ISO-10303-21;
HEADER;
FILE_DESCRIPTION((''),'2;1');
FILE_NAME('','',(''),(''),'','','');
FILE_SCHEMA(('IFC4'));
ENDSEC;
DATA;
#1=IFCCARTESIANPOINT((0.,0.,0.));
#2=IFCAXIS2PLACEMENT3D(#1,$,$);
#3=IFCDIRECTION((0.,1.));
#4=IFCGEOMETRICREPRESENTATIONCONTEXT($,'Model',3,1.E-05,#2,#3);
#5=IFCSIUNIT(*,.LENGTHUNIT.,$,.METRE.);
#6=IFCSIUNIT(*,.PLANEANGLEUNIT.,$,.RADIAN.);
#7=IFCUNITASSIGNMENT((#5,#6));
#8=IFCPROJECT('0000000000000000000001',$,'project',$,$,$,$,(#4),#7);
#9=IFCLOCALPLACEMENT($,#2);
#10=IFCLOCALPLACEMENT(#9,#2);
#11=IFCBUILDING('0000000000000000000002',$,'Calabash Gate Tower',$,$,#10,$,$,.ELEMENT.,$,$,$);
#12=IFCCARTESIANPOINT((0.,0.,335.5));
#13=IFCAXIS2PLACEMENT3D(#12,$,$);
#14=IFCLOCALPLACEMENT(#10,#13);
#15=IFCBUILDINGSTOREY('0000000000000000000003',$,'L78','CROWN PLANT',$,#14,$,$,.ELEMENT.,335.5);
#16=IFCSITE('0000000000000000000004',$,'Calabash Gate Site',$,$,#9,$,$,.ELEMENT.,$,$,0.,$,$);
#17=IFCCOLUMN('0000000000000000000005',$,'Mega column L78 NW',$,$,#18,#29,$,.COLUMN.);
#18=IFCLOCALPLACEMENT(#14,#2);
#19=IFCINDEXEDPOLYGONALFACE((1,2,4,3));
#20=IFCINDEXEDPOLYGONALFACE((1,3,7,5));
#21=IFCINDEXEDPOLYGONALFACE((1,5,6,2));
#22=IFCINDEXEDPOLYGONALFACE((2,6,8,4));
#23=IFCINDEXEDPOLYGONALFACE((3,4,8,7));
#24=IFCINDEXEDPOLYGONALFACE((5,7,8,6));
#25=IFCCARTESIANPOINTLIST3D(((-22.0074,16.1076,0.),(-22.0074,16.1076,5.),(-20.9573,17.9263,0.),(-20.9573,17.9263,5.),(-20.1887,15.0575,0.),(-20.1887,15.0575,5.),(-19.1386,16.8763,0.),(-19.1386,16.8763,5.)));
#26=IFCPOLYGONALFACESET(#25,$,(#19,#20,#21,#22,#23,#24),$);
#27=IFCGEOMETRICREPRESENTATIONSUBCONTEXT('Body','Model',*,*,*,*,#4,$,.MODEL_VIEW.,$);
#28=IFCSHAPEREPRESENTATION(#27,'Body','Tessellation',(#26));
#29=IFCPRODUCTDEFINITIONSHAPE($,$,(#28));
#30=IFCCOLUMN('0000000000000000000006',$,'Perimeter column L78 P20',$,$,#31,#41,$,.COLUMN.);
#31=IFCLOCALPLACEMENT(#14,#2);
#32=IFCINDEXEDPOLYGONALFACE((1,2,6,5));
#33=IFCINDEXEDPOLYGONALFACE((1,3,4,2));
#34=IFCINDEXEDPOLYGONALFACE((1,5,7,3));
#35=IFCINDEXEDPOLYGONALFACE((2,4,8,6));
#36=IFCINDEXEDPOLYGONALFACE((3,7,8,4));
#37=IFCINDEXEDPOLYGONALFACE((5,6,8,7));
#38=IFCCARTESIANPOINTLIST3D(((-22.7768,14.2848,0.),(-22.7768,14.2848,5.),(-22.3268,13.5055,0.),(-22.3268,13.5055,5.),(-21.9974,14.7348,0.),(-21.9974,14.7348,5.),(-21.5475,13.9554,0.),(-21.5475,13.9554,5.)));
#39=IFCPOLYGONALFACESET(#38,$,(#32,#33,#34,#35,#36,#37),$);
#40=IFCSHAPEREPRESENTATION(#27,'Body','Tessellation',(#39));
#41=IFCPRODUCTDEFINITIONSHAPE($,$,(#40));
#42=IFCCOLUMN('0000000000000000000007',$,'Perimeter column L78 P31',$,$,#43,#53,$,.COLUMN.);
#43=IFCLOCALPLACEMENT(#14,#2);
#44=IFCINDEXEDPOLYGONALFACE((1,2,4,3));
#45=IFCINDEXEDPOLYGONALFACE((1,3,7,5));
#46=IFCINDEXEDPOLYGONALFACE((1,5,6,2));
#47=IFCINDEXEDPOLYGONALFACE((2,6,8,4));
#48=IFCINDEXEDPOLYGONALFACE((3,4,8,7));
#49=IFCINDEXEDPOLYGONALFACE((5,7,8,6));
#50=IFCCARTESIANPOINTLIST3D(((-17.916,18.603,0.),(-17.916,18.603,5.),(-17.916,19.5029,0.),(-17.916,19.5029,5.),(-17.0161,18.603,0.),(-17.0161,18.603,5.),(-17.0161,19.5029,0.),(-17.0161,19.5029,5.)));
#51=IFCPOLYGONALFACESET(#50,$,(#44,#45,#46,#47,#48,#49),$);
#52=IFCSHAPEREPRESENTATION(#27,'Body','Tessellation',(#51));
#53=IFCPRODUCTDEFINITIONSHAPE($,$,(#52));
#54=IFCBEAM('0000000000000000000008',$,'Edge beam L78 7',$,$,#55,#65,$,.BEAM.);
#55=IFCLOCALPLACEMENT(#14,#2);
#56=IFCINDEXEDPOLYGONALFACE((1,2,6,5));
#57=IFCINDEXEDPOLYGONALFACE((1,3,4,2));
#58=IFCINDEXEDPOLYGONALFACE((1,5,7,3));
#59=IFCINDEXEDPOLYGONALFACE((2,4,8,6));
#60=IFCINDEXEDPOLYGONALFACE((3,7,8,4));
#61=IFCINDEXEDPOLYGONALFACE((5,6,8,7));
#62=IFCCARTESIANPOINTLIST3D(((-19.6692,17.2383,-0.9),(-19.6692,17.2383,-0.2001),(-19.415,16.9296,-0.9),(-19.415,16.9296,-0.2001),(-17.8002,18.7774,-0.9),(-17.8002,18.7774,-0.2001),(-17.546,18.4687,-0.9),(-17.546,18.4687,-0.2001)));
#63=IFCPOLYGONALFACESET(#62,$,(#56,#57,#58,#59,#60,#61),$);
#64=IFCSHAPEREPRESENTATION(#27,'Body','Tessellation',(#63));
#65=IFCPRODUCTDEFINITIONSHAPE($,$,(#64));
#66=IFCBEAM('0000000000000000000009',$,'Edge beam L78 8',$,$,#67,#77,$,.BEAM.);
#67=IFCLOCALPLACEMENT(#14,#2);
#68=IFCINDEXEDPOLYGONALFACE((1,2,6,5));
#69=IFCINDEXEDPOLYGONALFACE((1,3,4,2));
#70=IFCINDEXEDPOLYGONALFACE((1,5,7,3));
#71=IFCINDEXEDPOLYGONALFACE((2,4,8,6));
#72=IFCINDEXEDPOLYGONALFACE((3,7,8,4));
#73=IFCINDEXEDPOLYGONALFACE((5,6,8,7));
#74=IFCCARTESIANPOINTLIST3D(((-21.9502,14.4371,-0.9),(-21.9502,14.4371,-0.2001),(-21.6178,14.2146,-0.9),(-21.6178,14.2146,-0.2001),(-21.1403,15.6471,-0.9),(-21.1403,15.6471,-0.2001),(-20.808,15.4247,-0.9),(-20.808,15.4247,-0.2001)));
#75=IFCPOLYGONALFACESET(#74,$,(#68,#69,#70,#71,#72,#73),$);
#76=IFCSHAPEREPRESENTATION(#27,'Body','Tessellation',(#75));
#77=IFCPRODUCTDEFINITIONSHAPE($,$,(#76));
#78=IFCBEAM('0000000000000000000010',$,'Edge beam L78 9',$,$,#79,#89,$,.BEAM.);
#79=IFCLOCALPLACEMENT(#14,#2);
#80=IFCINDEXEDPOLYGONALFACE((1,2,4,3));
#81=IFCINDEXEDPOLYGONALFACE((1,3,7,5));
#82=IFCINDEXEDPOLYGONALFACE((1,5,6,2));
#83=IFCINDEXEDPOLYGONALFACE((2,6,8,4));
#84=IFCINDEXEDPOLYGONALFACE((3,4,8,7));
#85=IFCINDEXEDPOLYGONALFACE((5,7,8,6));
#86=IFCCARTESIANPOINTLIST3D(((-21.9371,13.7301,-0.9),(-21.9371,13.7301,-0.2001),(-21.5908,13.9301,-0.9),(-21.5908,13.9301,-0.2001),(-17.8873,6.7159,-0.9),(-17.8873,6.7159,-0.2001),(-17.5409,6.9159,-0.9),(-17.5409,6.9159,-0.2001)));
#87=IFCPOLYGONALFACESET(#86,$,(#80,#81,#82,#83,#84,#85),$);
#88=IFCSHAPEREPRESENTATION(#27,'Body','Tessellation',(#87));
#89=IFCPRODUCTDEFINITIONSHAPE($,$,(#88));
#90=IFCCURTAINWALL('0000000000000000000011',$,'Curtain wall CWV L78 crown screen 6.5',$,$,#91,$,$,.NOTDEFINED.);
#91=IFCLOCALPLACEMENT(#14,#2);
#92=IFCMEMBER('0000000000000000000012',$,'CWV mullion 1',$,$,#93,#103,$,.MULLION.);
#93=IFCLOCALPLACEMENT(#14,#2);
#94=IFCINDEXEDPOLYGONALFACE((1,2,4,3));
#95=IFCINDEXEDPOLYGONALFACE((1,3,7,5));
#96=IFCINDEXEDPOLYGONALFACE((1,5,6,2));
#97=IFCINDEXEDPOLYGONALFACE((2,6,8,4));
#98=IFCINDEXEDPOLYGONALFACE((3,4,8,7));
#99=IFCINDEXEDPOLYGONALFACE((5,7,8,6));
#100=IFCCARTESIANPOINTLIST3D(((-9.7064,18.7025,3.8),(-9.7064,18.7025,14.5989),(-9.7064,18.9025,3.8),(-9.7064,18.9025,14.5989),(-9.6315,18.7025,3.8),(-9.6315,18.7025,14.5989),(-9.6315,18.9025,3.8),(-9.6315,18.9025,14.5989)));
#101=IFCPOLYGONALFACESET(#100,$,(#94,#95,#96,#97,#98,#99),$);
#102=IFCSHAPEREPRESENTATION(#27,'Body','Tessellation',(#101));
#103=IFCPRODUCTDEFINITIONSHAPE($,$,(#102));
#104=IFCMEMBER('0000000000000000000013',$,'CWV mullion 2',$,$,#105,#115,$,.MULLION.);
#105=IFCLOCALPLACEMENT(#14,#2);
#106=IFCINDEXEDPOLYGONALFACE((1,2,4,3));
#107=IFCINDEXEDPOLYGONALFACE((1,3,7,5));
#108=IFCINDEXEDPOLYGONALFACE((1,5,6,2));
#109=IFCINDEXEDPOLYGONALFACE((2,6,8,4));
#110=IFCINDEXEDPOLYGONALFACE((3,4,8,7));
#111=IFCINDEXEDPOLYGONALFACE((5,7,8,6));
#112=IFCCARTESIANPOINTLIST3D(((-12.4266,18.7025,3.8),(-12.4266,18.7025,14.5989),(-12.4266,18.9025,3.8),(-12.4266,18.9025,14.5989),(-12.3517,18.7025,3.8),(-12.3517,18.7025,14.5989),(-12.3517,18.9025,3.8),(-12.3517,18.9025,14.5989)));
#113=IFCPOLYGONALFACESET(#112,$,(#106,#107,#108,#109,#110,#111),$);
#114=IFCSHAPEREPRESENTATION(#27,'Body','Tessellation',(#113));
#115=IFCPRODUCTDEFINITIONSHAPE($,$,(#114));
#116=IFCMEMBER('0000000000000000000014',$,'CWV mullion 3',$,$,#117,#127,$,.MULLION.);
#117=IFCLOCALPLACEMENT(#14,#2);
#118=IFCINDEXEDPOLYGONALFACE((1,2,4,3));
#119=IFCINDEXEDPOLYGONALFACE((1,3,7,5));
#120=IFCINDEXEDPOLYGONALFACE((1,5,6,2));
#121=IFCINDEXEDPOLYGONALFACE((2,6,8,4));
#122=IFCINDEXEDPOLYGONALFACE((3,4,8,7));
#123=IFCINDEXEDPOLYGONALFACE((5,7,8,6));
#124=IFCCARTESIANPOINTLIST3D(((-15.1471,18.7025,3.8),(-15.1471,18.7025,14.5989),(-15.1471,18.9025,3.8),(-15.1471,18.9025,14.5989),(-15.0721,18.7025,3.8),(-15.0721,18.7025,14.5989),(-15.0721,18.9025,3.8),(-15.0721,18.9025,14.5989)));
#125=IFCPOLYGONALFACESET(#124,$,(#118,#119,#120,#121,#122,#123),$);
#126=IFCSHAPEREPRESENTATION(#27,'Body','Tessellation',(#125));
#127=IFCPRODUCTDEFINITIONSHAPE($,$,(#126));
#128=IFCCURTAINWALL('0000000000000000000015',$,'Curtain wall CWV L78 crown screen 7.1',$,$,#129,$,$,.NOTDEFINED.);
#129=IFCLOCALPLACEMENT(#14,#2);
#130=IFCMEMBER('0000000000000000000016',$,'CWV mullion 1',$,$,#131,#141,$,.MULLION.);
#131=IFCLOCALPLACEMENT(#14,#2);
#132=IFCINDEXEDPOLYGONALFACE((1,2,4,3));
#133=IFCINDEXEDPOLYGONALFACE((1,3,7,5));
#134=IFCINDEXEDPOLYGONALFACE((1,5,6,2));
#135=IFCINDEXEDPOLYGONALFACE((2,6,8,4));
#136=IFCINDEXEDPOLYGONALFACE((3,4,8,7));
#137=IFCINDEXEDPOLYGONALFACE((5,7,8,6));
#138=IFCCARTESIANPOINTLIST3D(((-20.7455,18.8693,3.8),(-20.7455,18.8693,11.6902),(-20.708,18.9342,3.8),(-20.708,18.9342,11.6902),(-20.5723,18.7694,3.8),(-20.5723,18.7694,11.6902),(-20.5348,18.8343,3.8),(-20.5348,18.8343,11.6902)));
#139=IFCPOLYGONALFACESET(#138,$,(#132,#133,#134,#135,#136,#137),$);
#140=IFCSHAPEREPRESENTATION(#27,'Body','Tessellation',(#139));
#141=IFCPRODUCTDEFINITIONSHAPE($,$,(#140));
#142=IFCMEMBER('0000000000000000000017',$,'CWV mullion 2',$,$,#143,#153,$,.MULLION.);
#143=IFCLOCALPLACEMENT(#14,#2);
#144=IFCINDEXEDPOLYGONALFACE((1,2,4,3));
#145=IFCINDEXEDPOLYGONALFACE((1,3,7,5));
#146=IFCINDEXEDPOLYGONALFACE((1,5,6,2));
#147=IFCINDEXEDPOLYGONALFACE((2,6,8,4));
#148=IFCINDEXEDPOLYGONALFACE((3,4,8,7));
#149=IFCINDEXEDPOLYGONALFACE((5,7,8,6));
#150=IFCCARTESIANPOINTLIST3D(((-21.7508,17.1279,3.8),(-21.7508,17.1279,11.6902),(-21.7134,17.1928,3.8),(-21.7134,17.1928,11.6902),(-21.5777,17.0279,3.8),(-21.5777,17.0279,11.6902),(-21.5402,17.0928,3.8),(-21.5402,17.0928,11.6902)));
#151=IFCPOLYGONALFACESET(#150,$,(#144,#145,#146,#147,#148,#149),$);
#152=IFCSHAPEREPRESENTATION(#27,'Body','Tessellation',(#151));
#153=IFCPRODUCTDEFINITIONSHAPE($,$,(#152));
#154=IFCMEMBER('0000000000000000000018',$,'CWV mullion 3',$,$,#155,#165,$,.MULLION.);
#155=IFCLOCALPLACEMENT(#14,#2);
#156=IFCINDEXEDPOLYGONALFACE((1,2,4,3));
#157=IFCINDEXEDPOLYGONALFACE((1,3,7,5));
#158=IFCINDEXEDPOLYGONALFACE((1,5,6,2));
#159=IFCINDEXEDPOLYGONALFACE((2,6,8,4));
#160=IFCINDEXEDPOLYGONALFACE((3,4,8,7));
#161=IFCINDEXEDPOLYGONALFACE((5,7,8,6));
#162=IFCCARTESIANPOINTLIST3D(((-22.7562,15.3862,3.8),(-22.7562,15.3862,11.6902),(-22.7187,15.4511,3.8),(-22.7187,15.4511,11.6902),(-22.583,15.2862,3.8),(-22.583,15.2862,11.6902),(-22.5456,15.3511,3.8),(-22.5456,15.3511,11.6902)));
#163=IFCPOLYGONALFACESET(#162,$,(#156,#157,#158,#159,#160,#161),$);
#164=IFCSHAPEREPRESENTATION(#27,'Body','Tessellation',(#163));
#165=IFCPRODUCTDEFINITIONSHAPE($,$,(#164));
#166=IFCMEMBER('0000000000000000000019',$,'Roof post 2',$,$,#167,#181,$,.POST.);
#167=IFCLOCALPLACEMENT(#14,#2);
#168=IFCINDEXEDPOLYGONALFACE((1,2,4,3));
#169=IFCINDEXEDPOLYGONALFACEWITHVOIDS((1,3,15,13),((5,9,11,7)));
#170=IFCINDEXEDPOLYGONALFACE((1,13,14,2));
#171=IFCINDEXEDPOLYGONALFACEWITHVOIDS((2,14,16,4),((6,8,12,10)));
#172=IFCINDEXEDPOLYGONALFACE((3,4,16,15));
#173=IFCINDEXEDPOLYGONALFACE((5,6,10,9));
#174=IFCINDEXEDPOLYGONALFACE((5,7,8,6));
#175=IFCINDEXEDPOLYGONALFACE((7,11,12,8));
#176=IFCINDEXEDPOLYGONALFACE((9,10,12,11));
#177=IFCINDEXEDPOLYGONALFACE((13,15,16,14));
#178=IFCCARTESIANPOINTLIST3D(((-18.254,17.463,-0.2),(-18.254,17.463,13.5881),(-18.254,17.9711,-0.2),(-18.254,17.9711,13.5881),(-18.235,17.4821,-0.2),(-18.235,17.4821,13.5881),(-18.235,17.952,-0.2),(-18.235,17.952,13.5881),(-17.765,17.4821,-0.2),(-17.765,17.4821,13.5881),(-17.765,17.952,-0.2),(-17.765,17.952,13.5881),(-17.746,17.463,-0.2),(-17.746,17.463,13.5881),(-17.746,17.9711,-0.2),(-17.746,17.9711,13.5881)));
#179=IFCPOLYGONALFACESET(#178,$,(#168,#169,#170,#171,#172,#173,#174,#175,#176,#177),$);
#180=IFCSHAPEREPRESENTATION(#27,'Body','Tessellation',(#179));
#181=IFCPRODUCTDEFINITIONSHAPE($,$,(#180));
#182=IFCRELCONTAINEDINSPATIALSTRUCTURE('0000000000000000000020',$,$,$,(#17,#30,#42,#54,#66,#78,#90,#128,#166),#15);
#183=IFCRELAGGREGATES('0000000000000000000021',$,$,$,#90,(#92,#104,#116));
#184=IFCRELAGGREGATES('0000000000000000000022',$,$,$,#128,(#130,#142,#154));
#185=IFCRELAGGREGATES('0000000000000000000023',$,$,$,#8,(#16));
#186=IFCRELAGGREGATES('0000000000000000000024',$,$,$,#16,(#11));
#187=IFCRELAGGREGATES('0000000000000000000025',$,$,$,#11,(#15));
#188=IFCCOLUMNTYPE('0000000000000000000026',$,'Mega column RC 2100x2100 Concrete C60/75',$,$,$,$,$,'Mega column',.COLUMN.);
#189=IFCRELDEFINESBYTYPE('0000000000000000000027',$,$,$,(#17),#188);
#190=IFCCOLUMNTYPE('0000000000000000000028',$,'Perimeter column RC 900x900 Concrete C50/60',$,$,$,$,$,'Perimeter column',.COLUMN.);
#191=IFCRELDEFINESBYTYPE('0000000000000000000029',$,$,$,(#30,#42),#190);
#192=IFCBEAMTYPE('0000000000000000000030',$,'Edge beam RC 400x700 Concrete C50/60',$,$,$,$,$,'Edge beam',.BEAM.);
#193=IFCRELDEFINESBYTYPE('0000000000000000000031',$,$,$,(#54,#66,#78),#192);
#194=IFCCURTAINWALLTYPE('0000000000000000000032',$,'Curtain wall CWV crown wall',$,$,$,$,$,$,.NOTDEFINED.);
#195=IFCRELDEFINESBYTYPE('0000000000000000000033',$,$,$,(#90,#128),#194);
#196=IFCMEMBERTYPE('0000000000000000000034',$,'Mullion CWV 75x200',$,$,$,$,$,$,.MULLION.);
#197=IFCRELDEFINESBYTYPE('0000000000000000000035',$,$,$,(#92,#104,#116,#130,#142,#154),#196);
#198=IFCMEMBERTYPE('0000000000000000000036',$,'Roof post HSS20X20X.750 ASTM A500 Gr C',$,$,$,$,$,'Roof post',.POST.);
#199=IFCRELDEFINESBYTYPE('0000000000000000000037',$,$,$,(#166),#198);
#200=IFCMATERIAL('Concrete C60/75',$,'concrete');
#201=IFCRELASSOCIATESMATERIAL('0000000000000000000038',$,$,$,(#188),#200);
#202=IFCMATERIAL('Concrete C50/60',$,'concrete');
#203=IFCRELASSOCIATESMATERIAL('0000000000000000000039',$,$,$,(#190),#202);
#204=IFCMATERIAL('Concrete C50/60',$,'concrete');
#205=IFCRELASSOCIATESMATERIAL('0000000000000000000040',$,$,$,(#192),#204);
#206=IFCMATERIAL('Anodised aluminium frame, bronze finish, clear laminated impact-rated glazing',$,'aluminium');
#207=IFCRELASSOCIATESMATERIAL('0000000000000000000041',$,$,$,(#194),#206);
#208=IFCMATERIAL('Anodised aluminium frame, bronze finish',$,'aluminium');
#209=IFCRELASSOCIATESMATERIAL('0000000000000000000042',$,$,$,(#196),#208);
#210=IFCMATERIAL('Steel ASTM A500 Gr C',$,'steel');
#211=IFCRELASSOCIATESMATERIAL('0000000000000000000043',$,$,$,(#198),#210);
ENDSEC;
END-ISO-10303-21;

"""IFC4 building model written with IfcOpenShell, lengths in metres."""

from ifc_helpers import new_model, si_unit, direction, frame, origin, origin_2d, place, context, subcontext, project, spatial, rectangle, hollow_rectangle, extrude, material, material_profile, profile_set, type_object, element, aggregate, save


model = new_model("IFC4")

# Units and contexts
model_context = context("Model", 3, precision=1e-05, world=origin(), true_north=direction((0.0, 1.0)))
body_context = subcontext(model_context, "Body", "Model", "MODEL_VIEW")
ifc_project = project(units=[si_unit("LENGTHUNIT", "METRE"), si_unit("PLANEANGLEUNIT", "RADIAN")], contexts=[model_context])

# Site, building, storey
site_placement = place(None, origin())
site = spatial("IfcSite", under=ifc_project, at=site_placement, Name="Calabash Gate Site", CompositionType="ELEMENT", RefElevation=0.0)
building_placement = place(site_placement, origin())
building = spatial("IfcBuilding", under=site, at=building_placement, Name="Calabash Gate Tower", CompositionType="ELEMENT")
storey_placement = place(building_placement, frame((0.0, 0.0, 335.5)))
storey = spatial("IfcBuildingStorey", under=building, at=storey_placement, Name="L78", Description="CROWN PLANT", CompositionType="ELEMENT", Elevation=335.5)

# Columns
ifc_material_1 = material(Name="Concrete C60/75", Category="concrete")
ifc_material_profile_1 = material_profile(ifc_material_1, rectangle(XDim=2.1001, YDim=2.1001, at=origin_2d()))
ifc_profile_set_1 = profile_set([ifc_material_profile_1], Name="Concrete C60/75")
column_type_1 = type_object("IfcColumnType", Name="Mega column RC 2100x2100 Concrete C60/75", ElementType="Mega column", PredefinedType="COLUMN", material=ifc_profile_set_1)
column_placement = place(storey_placement, frame((-20.573, 16.4919, 0.0), z_axis=(0.0, 0.0, 1.0), x_axis=(0.866025, -0.5, 0.0)))
element("IfcColumn", 1, at=column_placement, inside=storey, type_object=column_type_1, Name="Mega column L78 NW", PredefinedType="COLUMN", context=body_context, shape_type="SweptSolid", body=[
    extrude(rectangle(XDim=2.1001, YDim=2.1001, at=origin_2d()), origin(), (0.0, 0.0, 1.0), 5.0),
])
ifc_material_2 = material(Name="Concrete C50/60", Category="concrete")
ifc_material_profile_2 = material_profile(ifc_material_2, rectangle(XDim=0.8999, YDim=0.8999, at=origin_2d()))
ifc_profile_set_2 = profile_set([ifc_material_profile_2], Name="Concrete C50/60")
column_type_2 = type_object("IfcColumnType", Name="Perimeter column RC 900x900 Concrete C50/60", ElementType="Perimeter column", PredefinedType="COLUMN", material=ifc_profile_set_2)
for number, where, z_axis, x_axis, name in (
    (2, (-22.1621, 14.1201, 0.0), (0.0, 0.0, 1.0), (0.5, -0.866025, 0.0), "Perimeter column L78 P20"),
    (3, (-17.4661, 19.053, 0.0), (0.0, 0.0, 1.0), (-1.0, 0.0, 0.0), "Perimeter column L78 P31"),
):
    element("IfcColumn", number, at=place(storey_placement, frame(where, z_axis=z_axis, x_axis=x_axis)), inside=storey, type_object=column_type_2, Name=name, PredefinedType="COLUMN", context=body_context, shape_type="SweptSolid", body=[
        extrude(rectangle(XDim=0.8999, YDim=0.8999, at=origin_2d()), origin(), (0.0, 0.0, 1.0), 5.0),
    ])

# Beams
ifc_material_3 = material(Name="Concrete C50/60", Category="concrete")
ifc_material_profile_3 = material_profile(ifc_material_3, rectangle(XDim=0.3999, YDim=0.7, at=origin_2d()))
ifc_profile_set_3 = profile_set([ifc_material_profile_3], Name="Concrete C50/60")
beam_type = type_object("IfcBeamType", Name="Edge beam RC 400x700 Concrete C50/60", ElementType="Edge beam", PredefinedType="BEAM", material=ifc_profile_set_3)
beam_1_placement = place(storey_placement, frame((-17.6731, 18.623, -0.55), z_axis=(-0.771936, -0.6357, 0.0), x_axis=(0.6357, -0.771936, 0.0)))
element("IfcBeam", 4, at=beam_1_placement, inside=storey, type_object=beam_type, Name="Edge beam L78 7", PredefinedType="BEAM", context=body_context, shape_type="SweptSolid", body=[
    extrude(rectangle(XDim=0.3999, YDim=0.7, at=origin_2d()), origin(), (0.0, 0.0, 1.0), 2.4211),
])
beam_2_placement = place(storey_placement, frame((-20.9741, 15.5359, -0.55), z_axis=(-0.556208, -0.831043, 0.0), x_axis=(0.831043, -0.556208, 0.0)))
element("IfcBeam", 5, at=beam_2_placement, inside=storey, type_object=beam_type, Name="Edge beam L78 8", PredefinedType="BEAM", context=body_context, shape_type="SweptSolid", body=[
    extrude(rectangle(XDim=0.3999, YDim=0.7, at=origin_2d()), origin(), (0.0, 0.0, 1.0), 1.4561),
])
beam_3_placement = place(storey_placement, frame((-21.7639, 13.8301, -0.55), z_axis=(0.500016, -0.866016, 0.0), x_axis=(0.866016, 0.500016, 0.0)))
element("IfcBeam", 6, at=beam_3_placement, inside=storey, type_object=beam_type, Name="Edge beam L78 9", PredefinedType="BEAM", context=body_context, shape_type="SweptSolid", body=[
    extrude(rectangle(XDim=0.3999, YDim=0.7, at=origin_2d()), origin(), (0.0, 0.0, 1.0), 8.0994),
])

# Curtain walls, members
ifc_material_4 = material(Name="Anodised aluminium frame, bronze finish, clear laminated impact-rated glazing", Category="aluminium")
curtain_wall_type = type_object("IfcCurtainWallType", Name="Curtain wall CWV crown wall", PredefinedType="NOTDEFINED", material=ifc_material_4)
curtain_wall_1_placement = place(storey_placement, origin())
curtain_wall_1 = element("IfcCurtainWall", 7, at=curtain_wall_1_placement, inside=storey, type_object=curtain_wall_type, Name="Curtain wall CWV L78 crown screen 6.5", PredefinedType="NOTDEFINED")
ifc_material_5 = material(Name="Anodised aluminium frame, bronze finish", Category="aluminium")
ifc_material_profile_4 = material_profile(ifc_material_5, rectangle(XDim=0.2, YDim=0.075, at=origin_2d()))
ifc_profile_set_4 = profile_set([ifc_material_profile_4], Name="Anodised aluminium frame, bronze finish")
member_type_1 = type_object("IfcMemberType", Name="Mullion CWV 75x200", PredefinedType="MULLION", material=ifc_profile_set_4)
member_1_placement = place(storey_placement, frame((-9.6689, 18.8025, 3.8), z_axis=(0.0, 0.0, 1.0), x_axis=(0.0, -1.0, 0.0)))
member_1 = element("IfcMember", 8, at=member_1_placement, type_object=member_type_1, Name="CWV mullion 1", PredefinedType="MULLION", context=body_context, shape_type="SweptSolid", body=[
    extrude(rectangle(XDim=0.2, YDim=0.075, at=origin_2d()), origin(), (0.0, 0.0, 1.0), 10.7988),
])
member_2_placement = place(storey_placement, frame((-12.3892, 18.8025, 3.8), z_axis=(0.0, 0.0, 1.0), x_axis=(0.0, -1.0, 0.0)))
member_2 = element("IfcMember", 9, at=member_2_placement, type_object=member_type_1, Name="CWV mullion 2", PredefinedType="MULLION", context=body_context, shape_type="SweptSolid", body=[
    extrude(rectangle(XDim=0.2, YDim=0.075, at=origin_2d()), origin(), (0.0, 0.0, 1.0), 10.7988),
])
member_3_placement = place(storey_placement, frame((-15.1096, 18.8025, 3.8), z_axis=(0.0, 0.0, 1.0), x_axis=(0.0, -1.0, 0.0)))
member_3 = element("IfcMember", 10, at=member_3_placement, type_object=member_type_1, Name="CWV mullion 3", PredefinedType="MULLION", context=body_context, shape_type="SweptSolid", body=[
    extrude(rectangle(XDim=0.2, YDim=0.075, at=origin_2d()), origin(), (0.0, 0.0, 1.0), 10.7988),
])
curtain_wall_2_placement = place(storey_placement, origin())
curtain_wall_2 = element("IfcCurtainWall", 11, at=curtain_wall_2_placement, inside=storey, type_object=curtain_wall_type, Name="Curtain wall CWV L78 crown screen 7.1", PredefinedType="NOTDEFINED")
member_4_placement = place(storey_placement, frame((-20.6401, 18.8518, 3.8), z_axis=(0.0, 0.0, 1.0), x_axis=(0.866025, -0.5, 0.0)))
member_4 = element("IfcMember", 12, at=member_4_placement, type_object=member_type_1, Name="CWV mullion 1", PredefinedType="MULLION", context=body_context, shape_type="SweptSolid", body=[
    extrude(rectangle(XDim=0.2, YDim=0.075, at=origin_2d()), origin(), (0.0, 0.0, 1.0), 7.8901),
])
member_5_placement = place(storey_placement, frame((-21.6455, 17.1104, 3.8), z_axis=(0.0, 0.0, 1.0), x_axis=(0.866025, -0.5, 0.0)))
member_5 = element("IfcMember", 13, at=member_5_placement, type_object=member_type_1, Name="CWV mullion 2", PredefinedType="MULLION", context=body_context, shape_type="SweptSolid", body=[
    extrude(rectangle(XDim=0.2, YDim=0.075, at=origin_2d()), origin(), (0.0, 0.0, 1.0), 7.8901),
])
member_6_placement = place(storey_placement, frame((-22.6509, 15.3687, 3.8), z_axis=(0.0, 0.0, 1.0), x_axis=(0.866025, -0.5, 0.0)))
member_6 = element("IfcMember", 14, at=member_6_placement, type_object=member_type_1, Name="CWV mullion 3", PredefinedType="MULLION", context=body_context, shape_type="SweptSolid", body=[
    extrude(rectangle(XDim=0.2, YDim=0.075, at=origin_2d()), origin(), (0.0, 0.0, 1.0), 7.8901),
])

# Member
ifc_material_6 = material(Name="Steel ASTM A500 Gr C", Category="steel")
ifc_material_profile_5 = material_profile(ifc_material_6, hollow_rectangle(XDim=0.5081, YDim=0.5081, WallThickness=0.019, at=origin_2d()))
ifc_profile_set_5 = profile_set([ifc_material_profile_5], Name="Steel ASTM A500 Gr C")
member_type_2 = type_object("IfcMemberType", Name="Roof post HSS20X20X.750 ASTM A500 Gr C", ElementType="Roof post", PredefinedType="POST", material=ifc_profile_set_5)
member_7_placement = place(storey_placement, frame((-18.0, 17.717, -0.2), z_axis=(0.0, 0.0, 1.0), x_axis=(1.0, 0.0, 0.0)))
element("IfcMember", 15, at=member_7_placement, inside=storey, type_object=member_type_2, Name="Roof post 2", PredefinedType="POST", context=body_context, shape_type="SweptSolid", body=[
    extrude(hollow_rectangle(XDim=0.5081, YDim=0.5081, WallThickness=0.019, at=origin_2d()), origin(), (0.0, 0.0, 1.0), 13.7881),
])

aggregate(curtain_wall_1, [member_1, member_2, member_3])
aggregate(curtain_wall_2, [member_4, member_5, member_6])

save(model, "model.ifc")
